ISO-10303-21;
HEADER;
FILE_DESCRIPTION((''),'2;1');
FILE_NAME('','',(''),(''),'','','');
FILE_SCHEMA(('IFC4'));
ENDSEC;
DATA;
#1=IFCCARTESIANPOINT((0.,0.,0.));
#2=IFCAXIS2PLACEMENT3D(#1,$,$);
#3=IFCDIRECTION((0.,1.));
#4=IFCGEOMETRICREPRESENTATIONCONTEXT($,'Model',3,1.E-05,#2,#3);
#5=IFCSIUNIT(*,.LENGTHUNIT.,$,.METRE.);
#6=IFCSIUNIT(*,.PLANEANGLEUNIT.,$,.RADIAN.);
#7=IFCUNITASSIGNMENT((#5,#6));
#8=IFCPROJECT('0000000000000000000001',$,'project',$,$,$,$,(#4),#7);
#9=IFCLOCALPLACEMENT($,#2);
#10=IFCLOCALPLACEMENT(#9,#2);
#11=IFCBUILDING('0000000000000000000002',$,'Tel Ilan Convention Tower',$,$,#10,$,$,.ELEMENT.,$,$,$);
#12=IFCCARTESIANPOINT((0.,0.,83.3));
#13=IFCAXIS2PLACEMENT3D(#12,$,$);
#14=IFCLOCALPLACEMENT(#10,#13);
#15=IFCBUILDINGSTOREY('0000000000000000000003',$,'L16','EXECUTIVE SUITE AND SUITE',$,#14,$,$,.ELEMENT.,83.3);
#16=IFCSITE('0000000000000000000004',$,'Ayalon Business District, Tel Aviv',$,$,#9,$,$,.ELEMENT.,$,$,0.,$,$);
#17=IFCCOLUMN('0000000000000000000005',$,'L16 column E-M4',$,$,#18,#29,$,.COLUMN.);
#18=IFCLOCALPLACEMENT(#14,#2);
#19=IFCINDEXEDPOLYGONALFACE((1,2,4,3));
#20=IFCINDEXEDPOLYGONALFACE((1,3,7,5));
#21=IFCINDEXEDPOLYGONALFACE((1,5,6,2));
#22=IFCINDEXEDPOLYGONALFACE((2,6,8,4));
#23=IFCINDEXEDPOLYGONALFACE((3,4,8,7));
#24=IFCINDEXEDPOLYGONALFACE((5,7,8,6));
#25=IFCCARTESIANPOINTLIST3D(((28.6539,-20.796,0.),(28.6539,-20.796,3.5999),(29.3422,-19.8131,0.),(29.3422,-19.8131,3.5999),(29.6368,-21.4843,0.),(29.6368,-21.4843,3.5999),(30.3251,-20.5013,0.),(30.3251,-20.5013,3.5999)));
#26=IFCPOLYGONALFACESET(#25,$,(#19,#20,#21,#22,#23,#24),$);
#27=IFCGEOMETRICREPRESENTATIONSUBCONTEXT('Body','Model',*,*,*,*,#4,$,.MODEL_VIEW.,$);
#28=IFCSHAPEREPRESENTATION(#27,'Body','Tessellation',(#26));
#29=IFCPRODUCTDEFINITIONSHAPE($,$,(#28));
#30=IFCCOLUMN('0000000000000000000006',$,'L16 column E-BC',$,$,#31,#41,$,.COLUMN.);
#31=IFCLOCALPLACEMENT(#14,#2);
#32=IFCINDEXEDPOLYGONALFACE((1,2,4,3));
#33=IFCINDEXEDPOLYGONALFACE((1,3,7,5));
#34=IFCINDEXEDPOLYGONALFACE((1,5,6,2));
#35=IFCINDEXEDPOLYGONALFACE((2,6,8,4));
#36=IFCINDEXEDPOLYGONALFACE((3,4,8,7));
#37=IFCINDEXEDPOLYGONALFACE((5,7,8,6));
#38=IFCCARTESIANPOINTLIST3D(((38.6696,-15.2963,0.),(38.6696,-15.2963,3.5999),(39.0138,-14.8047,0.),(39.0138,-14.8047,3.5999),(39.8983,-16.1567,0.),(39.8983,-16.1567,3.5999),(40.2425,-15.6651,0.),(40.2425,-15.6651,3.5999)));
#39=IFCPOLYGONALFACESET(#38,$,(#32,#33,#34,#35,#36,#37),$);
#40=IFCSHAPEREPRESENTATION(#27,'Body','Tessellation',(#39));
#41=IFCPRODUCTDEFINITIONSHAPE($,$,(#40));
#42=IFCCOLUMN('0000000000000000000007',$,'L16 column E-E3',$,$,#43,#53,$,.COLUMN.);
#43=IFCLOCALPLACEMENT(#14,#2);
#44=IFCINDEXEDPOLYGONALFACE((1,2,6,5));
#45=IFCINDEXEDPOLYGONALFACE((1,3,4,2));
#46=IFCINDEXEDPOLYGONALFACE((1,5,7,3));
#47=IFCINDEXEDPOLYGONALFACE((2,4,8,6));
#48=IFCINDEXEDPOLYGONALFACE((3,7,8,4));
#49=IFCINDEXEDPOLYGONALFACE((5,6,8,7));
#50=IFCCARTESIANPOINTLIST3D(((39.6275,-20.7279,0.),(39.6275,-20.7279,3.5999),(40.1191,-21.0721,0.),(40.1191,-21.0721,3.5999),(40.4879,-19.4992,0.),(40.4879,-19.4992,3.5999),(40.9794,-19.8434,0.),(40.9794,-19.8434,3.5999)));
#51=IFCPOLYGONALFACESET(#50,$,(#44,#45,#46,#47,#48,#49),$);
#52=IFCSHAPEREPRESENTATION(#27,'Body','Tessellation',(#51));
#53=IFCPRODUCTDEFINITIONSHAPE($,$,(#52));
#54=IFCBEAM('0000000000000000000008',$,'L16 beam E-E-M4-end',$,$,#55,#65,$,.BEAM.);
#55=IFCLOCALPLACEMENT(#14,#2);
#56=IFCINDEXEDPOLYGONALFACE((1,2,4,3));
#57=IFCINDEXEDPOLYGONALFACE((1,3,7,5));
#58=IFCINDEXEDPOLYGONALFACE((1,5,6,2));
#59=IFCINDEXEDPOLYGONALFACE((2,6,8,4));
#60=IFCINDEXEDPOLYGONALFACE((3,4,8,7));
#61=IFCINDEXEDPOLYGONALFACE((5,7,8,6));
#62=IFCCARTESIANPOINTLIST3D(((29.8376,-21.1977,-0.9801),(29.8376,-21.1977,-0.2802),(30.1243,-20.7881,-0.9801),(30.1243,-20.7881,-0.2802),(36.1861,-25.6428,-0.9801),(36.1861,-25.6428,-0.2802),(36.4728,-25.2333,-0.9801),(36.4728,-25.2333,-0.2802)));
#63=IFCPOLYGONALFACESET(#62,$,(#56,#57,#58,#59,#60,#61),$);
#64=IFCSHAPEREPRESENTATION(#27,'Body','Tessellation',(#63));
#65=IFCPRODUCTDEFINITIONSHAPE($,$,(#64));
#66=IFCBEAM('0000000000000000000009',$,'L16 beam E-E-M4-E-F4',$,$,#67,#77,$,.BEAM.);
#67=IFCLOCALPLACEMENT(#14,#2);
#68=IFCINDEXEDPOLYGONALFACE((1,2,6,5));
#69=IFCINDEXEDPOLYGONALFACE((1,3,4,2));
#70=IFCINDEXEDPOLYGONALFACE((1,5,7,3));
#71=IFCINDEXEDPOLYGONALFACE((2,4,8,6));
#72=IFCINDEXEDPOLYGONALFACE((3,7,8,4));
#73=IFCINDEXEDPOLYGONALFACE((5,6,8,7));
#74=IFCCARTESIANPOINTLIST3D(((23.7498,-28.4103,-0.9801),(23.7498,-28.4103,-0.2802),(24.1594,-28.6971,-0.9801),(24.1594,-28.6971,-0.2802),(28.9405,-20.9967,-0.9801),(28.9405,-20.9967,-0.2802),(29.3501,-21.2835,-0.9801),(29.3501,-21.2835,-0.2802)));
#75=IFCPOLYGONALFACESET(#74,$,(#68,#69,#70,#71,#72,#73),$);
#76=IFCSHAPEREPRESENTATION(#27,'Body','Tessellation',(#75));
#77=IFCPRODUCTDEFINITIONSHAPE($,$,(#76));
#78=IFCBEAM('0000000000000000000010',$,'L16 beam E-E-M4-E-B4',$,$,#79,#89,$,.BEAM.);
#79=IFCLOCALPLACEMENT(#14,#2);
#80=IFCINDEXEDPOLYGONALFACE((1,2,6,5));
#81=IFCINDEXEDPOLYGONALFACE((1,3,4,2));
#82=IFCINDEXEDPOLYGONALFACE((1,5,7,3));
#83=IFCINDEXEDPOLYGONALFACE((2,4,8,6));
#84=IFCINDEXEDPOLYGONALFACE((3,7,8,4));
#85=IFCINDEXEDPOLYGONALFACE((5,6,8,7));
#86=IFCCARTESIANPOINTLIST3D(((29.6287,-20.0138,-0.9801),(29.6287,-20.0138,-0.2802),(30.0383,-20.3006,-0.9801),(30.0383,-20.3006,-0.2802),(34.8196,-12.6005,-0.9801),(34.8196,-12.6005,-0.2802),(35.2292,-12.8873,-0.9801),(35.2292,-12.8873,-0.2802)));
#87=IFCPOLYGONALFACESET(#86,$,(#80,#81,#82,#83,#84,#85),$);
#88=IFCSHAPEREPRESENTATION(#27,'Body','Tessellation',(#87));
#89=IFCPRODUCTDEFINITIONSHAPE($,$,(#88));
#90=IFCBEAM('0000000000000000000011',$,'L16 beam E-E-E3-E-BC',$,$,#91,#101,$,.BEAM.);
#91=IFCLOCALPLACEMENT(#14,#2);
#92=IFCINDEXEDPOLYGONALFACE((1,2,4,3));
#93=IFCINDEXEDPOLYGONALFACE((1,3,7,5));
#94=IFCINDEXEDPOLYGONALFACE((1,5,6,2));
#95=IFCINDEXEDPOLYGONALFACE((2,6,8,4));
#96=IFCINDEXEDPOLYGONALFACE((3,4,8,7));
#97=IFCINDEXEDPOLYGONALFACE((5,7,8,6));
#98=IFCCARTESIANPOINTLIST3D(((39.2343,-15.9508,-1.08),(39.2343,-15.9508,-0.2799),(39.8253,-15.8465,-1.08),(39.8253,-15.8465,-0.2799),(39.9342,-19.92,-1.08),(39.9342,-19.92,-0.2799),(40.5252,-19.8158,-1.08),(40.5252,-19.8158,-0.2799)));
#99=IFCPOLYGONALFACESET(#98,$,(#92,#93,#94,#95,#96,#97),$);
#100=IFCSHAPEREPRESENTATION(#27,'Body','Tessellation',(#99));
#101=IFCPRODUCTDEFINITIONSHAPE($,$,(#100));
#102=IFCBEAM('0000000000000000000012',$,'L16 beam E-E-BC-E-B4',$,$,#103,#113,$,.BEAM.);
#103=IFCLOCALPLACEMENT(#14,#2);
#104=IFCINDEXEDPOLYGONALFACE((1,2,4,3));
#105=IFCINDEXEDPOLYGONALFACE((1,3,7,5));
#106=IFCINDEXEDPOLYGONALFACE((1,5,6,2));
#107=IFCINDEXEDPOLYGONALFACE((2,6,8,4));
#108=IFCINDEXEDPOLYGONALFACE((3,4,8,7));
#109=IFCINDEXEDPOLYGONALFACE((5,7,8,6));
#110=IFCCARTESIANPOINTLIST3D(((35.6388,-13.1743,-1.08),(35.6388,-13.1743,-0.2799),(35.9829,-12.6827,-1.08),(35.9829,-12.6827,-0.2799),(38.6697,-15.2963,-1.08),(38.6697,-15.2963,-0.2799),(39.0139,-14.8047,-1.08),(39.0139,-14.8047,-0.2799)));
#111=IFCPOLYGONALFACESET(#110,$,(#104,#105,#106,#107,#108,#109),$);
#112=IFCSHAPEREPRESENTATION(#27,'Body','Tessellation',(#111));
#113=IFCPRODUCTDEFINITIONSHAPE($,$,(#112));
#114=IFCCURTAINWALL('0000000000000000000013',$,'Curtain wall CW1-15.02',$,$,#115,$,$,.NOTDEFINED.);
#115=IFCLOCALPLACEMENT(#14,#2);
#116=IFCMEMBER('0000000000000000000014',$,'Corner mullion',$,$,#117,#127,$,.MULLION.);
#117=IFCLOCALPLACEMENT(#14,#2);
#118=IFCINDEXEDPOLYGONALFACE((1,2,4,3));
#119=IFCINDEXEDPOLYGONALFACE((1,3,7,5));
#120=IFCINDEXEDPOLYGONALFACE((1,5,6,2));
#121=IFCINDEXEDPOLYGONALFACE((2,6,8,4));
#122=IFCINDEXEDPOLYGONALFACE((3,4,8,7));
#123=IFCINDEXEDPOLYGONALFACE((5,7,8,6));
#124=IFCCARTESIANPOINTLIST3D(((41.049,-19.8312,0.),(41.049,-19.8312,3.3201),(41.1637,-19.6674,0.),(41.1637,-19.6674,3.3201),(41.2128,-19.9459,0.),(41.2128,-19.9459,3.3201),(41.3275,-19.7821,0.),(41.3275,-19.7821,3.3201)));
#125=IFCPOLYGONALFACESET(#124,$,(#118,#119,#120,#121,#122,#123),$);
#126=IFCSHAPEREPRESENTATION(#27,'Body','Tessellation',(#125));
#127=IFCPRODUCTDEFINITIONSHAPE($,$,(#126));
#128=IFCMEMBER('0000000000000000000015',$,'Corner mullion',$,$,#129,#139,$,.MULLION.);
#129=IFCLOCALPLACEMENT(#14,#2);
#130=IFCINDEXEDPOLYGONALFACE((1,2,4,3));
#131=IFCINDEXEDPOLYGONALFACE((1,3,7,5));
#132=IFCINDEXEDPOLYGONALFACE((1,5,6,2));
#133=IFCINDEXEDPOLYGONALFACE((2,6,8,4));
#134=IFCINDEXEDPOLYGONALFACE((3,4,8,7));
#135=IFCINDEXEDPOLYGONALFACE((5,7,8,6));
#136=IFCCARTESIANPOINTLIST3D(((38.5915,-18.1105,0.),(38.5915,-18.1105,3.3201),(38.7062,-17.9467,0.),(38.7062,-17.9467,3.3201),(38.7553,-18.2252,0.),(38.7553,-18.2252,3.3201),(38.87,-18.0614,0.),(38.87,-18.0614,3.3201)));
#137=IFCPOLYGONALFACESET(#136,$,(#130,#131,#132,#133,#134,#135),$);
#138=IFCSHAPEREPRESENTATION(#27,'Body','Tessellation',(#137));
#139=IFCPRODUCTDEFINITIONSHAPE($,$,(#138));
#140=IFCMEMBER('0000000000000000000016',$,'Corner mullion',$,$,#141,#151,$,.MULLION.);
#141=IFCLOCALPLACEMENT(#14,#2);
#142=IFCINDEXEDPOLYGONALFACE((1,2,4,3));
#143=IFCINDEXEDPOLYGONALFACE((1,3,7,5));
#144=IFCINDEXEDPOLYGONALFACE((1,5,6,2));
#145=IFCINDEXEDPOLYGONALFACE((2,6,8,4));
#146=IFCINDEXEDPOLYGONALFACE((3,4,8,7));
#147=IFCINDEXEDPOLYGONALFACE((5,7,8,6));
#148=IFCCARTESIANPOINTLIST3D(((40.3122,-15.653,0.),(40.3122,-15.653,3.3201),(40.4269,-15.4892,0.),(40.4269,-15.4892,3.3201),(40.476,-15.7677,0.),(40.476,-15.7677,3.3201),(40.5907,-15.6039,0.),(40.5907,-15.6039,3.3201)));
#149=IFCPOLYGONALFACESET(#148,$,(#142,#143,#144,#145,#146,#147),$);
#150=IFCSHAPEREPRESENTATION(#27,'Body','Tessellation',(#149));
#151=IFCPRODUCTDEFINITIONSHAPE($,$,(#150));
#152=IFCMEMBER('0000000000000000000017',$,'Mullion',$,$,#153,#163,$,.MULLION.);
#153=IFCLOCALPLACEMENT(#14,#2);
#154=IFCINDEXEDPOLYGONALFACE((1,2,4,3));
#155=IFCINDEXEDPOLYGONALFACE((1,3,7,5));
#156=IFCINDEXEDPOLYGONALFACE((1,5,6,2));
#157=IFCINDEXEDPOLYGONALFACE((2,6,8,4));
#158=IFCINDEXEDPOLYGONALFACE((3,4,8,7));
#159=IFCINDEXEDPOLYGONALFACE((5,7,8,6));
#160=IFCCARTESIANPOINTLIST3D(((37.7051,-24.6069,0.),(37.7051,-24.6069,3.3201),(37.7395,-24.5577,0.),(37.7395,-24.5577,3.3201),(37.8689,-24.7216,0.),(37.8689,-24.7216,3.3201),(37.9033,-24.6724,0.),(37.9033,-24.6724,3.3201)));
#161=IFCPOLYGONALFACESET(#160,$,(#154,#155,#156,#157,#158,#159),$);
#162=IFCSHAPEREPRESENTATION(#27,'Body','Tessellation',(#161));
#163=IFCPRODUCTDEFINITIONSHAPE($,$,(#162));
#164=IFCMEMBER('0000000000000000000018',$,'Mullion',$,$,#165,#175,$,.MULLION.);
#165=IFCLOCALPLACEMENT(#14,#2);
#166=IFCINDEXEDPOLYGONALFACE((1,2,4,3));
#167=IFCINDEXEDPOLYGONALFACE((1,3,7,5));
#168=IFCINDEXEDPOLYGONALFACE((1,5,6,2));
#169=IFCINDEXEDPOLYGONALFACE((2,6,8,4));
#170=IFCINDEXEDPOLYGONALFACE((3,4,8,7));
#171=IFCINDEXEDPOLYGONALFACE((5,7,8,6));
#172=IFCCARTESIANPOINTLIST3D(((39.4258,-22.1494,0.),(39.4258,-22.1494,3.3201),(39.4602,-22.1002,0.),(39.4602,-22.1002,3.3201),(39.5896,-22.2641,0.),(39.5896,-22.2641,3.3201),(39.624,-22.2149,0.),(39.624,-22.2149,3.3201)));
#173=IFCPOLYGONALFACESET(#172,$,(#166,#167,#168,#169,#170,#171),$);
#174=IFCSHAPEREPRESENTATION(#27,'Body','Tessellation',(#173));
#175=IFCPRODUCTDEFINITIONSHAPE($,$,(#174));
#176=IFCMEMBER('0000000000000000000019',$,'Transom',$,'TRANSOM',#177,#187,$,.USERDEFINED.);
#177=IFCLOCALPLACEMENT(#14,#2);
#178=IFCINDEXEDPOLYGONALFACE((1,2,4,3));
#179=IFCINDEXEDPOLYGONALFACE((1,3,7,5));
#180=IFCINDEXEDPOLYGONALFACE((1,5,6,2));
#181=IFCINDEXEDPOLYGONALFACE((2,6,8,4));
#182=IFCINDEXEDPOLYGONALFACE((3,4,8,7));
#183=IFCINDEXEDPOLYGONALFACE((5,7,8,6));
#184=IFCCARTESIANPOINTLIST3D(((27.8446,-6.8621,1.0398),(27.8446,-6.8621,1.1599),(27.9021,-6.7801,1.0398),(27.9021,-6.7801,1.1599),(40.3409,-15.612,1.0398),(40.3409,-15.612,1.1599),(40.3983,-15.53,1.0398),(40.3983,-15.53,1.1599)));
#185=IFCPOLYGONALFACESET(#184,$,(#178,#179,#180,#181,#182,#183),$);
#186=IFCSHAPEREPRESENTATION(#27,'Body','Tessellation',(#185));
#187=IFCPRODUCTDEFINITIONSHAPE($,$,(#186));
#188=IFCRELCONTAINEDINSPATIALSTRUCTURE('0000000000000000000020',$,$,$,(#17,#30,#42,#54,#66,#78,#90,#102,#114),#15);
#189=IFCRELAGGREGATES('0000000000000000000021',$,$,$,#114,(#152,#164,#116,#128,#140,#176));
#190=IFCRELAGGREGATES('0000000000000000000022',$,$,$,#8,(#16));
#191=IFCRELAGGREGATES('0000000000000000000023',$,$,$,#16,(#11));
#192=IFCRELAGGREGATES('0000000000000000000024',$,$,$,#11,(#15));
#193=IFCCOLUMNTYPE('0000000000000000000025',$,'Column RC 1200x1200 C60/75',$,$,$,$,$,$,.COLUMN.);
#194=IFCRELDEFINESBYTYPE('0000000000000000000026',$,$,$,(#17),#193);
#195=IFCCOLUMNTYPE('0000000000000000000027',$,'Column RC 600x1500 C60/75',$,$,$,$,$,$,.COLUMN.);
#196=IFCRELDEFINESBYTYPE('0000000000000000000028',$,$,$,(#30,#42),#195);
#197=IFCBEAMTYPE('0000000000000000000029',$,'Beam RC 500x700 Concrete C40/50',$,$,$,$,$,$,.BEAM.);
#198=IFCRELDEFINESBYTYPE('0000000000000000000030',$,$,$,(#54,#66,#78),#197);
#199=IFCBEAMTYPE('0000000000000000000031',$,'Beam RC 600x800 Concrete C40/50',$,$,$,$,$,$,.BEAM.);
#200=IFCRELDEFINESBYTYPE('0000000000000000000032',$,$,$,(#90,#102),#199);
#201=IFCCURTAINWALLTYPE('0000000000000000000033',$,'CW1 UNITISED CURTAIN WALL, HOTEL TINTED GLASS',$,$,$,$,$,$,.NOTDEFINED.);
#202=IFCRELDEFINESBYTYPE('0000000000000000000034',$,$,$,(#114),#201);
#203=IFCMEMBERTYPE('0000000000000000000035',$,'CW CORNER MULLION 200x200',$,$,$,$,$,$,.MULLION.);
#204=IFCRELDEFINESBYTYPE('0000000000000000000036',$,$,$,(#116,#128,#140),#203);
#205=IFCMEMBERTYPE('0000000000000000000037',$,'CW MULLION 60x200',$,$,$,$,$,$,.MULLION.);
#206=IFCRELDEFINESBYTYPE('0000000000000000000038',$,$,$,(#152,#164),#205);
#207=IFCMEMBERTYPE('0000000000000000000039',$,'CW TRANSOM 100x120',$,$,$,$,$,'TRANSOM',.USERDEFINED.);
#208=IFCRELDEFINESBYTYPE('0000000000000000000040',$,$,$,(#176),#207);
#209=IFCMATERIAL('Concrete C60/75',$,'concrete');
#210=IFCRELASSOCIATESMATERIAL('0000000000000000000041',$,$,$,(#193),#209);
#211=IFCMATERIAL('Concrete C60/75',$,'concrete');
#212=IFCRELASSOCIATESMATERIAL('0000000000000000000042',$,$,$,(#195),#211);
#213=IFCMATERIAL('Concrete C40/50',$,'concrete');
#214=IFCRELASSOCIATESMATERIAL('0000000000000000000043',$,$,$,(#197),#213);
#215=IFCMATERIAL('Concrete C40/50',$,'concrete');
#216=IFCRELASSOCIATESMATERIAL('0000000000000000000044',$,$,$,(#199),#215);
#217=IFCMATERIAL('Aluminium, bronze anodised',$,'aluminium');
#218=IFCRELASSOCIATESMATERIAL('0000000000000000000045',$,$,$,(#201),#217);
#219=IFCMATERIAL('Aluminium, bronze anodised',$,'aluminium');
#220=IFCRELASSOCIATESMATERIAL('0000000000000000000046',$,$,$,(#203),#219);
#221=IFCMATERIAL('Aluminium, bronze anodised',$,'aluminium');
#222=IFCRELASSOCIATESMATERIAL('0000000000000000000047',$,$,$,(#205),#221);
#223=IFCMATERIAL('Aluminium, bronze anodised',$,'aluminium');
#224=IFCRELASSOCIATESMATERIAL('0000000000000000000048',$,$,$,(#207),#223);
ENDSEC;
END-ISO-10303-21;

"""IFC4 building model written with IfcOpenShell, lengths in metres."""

from ifc_helpers import new_model, si_unit, direction, frame, origin, origin_2d, place, context, subcontext, project, spatial, rectangle, extrude, material, material_profile, profile_set, type_object, element, aggregate, save


model = new_model("IFC4")

# Units and contexts
model_context = context("Model", 3, precision=1e-05, world=origin(), true_north=direction((0.0, 1.0)))
body_context = subcontext(model_context, "Body", "Model", "MODEL_VIEW")
ifc_project = project(units=[si_unit("LENGTHUNIT", "METRE"), si_unit("PLANEANGLEUNIT", "RADIAN")], contexts=[model_context])

# Site, building, storey
site_placement = place(None, origin())
site = spatial("IfcSite", under=ifc_project, at=site_placement, Name="Ayalon Business District, Tel Aviv", CompositionType="ELEMENT", RefElevation=0.0)
building_placement = place(site_placement, origin())
building = spatial("IfcBuilding", under=site, at=building_placement, Name="Tel Ilan Convention Tower", CompositionType="ELEMENT")
storey_placement = place(building_placement, frame((0.0, 0.0, 83.3)))
storey = spatial("IfcBuildingStorey", under=building, at=storey_placement, Name="L16", Description="EXECUTIVE SUITE AND SUITE", CompositionType="ELEMENT", Elevation=83.3)

# Columns
ifc_material_1 = material(Name="Concrete C60/75", Category="concrete")
ifc_material_profile_1 = material_profile(ifc_material_1, rectangle(XDim=1.2, YDim=1.2, at=origin_2d()), Name="RC 1200x1200")
ifc_profile_set_1 = profile_set([ifc_material_profile_1], Name="Concrete C60/75")
column_type_1 = type_object("IfcColumnType", Name="Column RC 1200x1200 C60/75", PredefinedType="COLUMN", material=ifc_profile_set_1)
column_placement = place(storey_placement, frame((29.4895, -20.6487, 0.0), z_axis=(0.0, 0.0, 1.0), x_axis=(0.819152, -0.573576, 0.0)))
element("IfcColumn", 1, at=column_placement, inside=storey, type_object=column_type_1, Name="L16 column E-M4", PredefinedType="COLUMN", context=body_context, shape_type="SweptSolid", body=[
    extrude(rectangle(XDim=1.2, YDim=1.2, at=origin_2d()), origin(), (0.0, 0.0, 1.0), 3.5999),
])
ifc_material_2 = material(Name="Concrete C60/75", Category="concrete")
ifc_material_profile_2 = material_profile(ifc_material_2, rectangle(XDim=1.5, YDim=0.6001, at=origin_2d()), Name="RC 600x1500")
ifc_profile_set_2 = profile_set([ifc_material_profile_2], Name="Concrete C60/75")
column_type_2 = type_object("IfcColumnType", Name="Column RC 600x1500 C60/75", PredefinedType="COLUMN", material=ifc_profile_set_2)
for number, where, z_axis, x_axis, name in (
    (2, (39.4561, -15.4807, 0.0), (0.0, 0.0, 1.0), (0.819152, -0.573576, 0.0), "L16 column E-BC"),
    (3, (40.3035, -20.2856, 0.0), (0.0, 0.0, 1.0), (0.573576, 0.819152, 0.0), "L16 column E-E3"),
):
    element("IfcColumn", number, at=place(storey_placement, frame(where, z_axis=z_axis, x_axis=x_axis)), inside=storey, type_object=column_type_2, Name=name, PredefinedType="COLUMN", context=body_context, shape_type="SweptSolid", body=[
        extrude(rectangle(XDim=1.5, YDim=0.6001, at=origin_2d()), origin(), (0.0, 0.0, 1.0), 3.5999),
    ])

# Beams
ifc_material_3 = material(Name="Concrete C40/50", Category="concrete")
ifc_material_profile_3 = material_profile(ifc_material_3, rectangle(XDim=0.5, YDim=0.7, at=origin_2d()), Name="RC 500x700")
ifc_profile_set_3 = profile_set([ifc_material_profile_3], Name="Concrete C40/50")
beam_type_1 = type_object("IfcBeamType", Name="Beam RC 500x700 Concrete C40/50", PredefinedType="BEAM", material=ifc_profile_set_3)
beam_1_placement = place(storey_placement, frame((29.981, -20.9929, -0.6301), z_axis=(0.819159, -0.573566, 0.0), x_axis=(0.573566, 0.819159, 0.0)))
element("IfcBeam", 4, at=beam_1_placement, inside=storey, type_object=beam_type_1, Name="L16 beam E-E-M4-end", PredefinedType="BEAM", context=body_context, shape_type="SweptSolid", body=[
    extrude(rectangle(XDim=0.5, YDim=0.7, at=origin_2d()), origin(), (0.0, 0.0, 1.0), 7.75),
])
for number, where, z_axis, x_axis, name in (
    (5, (29.1453, -21.1401, -0.6301), (-0.573549, -0.819171, 0.0), (0.819171, -0.573549, 0.0), "L16 beam E-E-M4-E-F4"),
    (6, (29.8335, -20.1572, -0.6301), (0.57358, 0.81915, 0.0), (-0.81915, 0.57358, 0.0), "L16 beam E-E-M4-E-B4"),
):
    element("IfcBeam", number, at=place(storey_placement, frame(where, z_axis=z_axis, x_axis=x_axis)), inside=storey, type_object=beam_type_1, Name=name, PredefinedType="BEAM", context=body_context, shape_type="SweptSolid", body=[
        extrude(rectangle(XDim=0.5, YDim=0.7, at=origin_2d()), origin(), (0.0, 0.0, 1.0), 9.05),
    ])
ifc_material_4 = material(Name="Concrete C40/50", Category="concrete")
ifc_material_profile_4 = material_profile(ifc_material_4, rectangle(XDim=0.6001, YDim=0.8, at=origin_2d()), Name="RC 600x800")
ifc_profile_set_4 = profile_set([ifc_material_profile_4], Name="Concrete C40/50")
beam_type_2 = type_object("IfcBeamType", Name="Beam RC 600x800 Concrete C40/50", PredefinedType="BEAM", material=ifc_profile_set_4)
beam_2_placement = place(storey_placement, frame((40.2297, -19.8679, -0.6799), z_axis=(-0.173664, 0.984805, 0.0), x_axis=(-0.984805, -0.173664, 0.0)))
element("IfcBeam", 7, at=beam_2_placement, inside=storey, type_object=beam_type_2, Name="L16 beam E-E-E3-E-BC", PredefinedType="BEAM", context=body_context, shape_type="SweptSolid", body=[
    extrude(rectangle(XDim=0.6001, YDim=0.8, at=origin_2d()), origin(), (0.0, 0.0, 1.0), 4.0305),
])
beam_3_placement = place(storey_placement, frame((38.8418, -15.0505, -0.6799), z_axis=(-0.819185, 0.573529, 0.0), x_axis=(-0.573529, -0.819185, 0.0)))
element("IfcBeam", 8, at=beam_3_placement, inside=storey, type_object=beam_type_2, Name="L16 beam E-E-BC-E-B4", PredefinedType="BEAM", context=body_context, shape_type="SweptSolid", body=[
    extrude(rectangle(XDim=0.6001, YDim=0.8, at=origin_2d()), origin(), (0.0, 0.0, 1.0), 3.7),
])

# Curtain wall, members
ifc_material_5 = material(Name="Aluminium, bronze anodised", Category="aluminium")
curtain_wall_type = type_object("IfcCurtainWallType", Name="CW1 UNITISED CURTAIN WALL, HOTEL TINTED GLASS", PredefinedType="NOTDEFINED", material=ifc_material_5)
curtain_wall_placement = place(storey_placement, origin())
curtain_wall = element("IfcCurtainWall", 9, at=curtain_wall_placement, inside=storey, type_object=curtain_wall_type, Name="Curtain wall CW1-15.02", PredefinedType="NOTDEFINED")
ifc_material_6 = material(Name="Aluminium, bronze anodised", Category="aluminium")
ifc_material_profile_5 = material_profile(ifc_material_6, rectangle(XDim=0.2, YDim=0.2, at=origin_2d()), Name="CW CORNER MULLION 200x200")
ifc_profile_set_5 = profile_set([ifc_material_profile_5], Name="Aluminium, bronze anodised")
member_type_1 = type_object("IfcMemberType", Name="CW CORNER MULLION 200x200", PredefinedType="MULLION", material=ifc_profile_set_5)
member_1_placement = place(storey_placement, frame((41.1882, -19.8066, 0.0), z_axis=(0.0, 0.0, 1.0), x_axis=(0.573576, 0.819152, 0.0)))
member_1 = element("IfcMember", 10, at=member_1_placement, type_object=member_type_1, Name="Corner mullion", PredefinedType="MULLION", context=body_context, shape_type="SweptSolid", body=[
    extrude(rectangle(XDim=0.2, YDim=0.2, at=origin_2d()), origin(), (0.0, 0.0, 1.0), 3.3201),
])
member_2_placement = place(storey_placement, frame((38.7307, -18.0859, 0.0), z_axis=(0.0, 0.0, 1.0), x_axis=(-0.819152, 0.573576, 0.0)))
member_2 = element("IfcMember", 11, at=member_2_placement, type_object=member_type_1, Name="Corner mullion", PredefinedType="MULLION", context=body_context, shape_type="SweptSolid", body=[
    extrude(rectangle(XDim=0.2, YDim=0.2, at=origin_2d()), origin(), (0.0, 0.0, 1.0), 3.3201),
])
member_3_placement = place(storey_placement, frame((40.4514, -15.6284, 0.0), z_axis=(0.0, 0.0, 1.0), x_axis=(0.573576, 0.819152, 0.0)))
member_3 = element("IfcMember", 12, at=member_3_placement, type_object=member_type_1, Name="Corner mullion", PredefinedType="MULLION", context=body_context, shape_type="SweptSolid", body=[
    extrude(rectangle(XDim=0.2, YDim=0.2, at=origin_2d()), origin(), (0.0, 0.0, 1.0), 3.3201),
])
ifc_material_7 = material(Name="Aluminium, bronze anodised", Category="aluminium")
ifc_material_profile_6 = material_profile(ifc_material_7, rectangle(XDim=0.0601, YDim=0.2, at=origin_2d()), Name="CW MULLION 60x200")
ifc_profile_set_6 = profile_set([ifc_material_profile_6], Name="Aluminium, bronze anodised")
member_type_2 = type_object("IfcMemberType", Name="CW MULLION 60x200", PredefinedType="MULLION", material=ifc_profile_set_6)
member_4_placement = place(storey_placement, frame((37.8042, -24.6396, 0.0), z_axis=(0.0, 0.0, 1.0), x_axis=(0.573576, 0.819152, 0.0)))
member_4 = element("IfcMember", 13, at=member_4_placement, type_object=member_type_2, Name="Mullion", PredefinedType="MULLION", context=body_context, shape_type="SweptSolid", body=[
    extrude(rectangle(XDim=0.0601, YDim=0.2, at=origin_2d()), origin(), (0.0, 0.0, 1.0), 3.3201),
])
member_5_placement = place(storey_placement, frame((39.5249, -22.1821, 0.0), z_axis=(0.0, 0.0, 1.0), x_axis=(0.573576, 0.819152, 0.0)))
member_5 = element("IfcMember", 14, at=member_5_placement, type_object=member_type_2, Name="Mullion", PredefinedType="MULLION", context=body_context, shape_type="SweptSolid", body=[
    extrude(rectangle(XDim=0.0601, YDim=0.2, at=origin_2d()), origin(), (0.0, 0.0, 1.0), 3.3201),
])
ifc_material_8 = material(Name="Aluminium, bronze anodised", Category="aluminium")
ifc_material_profile_7 = material_profile(ifc_material_8, rectangle(XDim=0.1001, YDim=0.1201, at=origin_2d()), Name="CW TRANSOM 100x120")
ifc_profile_set_7 = profile_set([ifc_material_profile_7], Name="Aluminium, bronze anodised")
member_type_3 = type_object("IfcMemberType", Name="CW TRANSOM 100x120", ElementType="TRANSOM", PredefinedType="USERDEFINED", material=ifc_profile_set_7)
member_6_placement = place(storey_placement, frame((40.3696, -15.571, 1.0999), z_axis=(-0.819153, 0.573575, 0.0), x_axis=(-0.573575, -0.819153, 0.0)))
member_6 = element("IfcMember", 15, at=member_6_placement, type_object=member_type_3, Name="Transom", ObjectType="TRANSOM", PredefinedType="USERDEFINED", context=body_context, shape_type="SweptSolid", body=[
    extrude(rectangle(XDim=0.1001, YDim=0.1201, at=origin_2d()), origin(), (0.0, 0.0, 1.0), 15.2551),
])
aggregate(curtain_wall, [member_4, member_5, member_1, member_2, member_3, member_6])

save(model, "model.ifc")
